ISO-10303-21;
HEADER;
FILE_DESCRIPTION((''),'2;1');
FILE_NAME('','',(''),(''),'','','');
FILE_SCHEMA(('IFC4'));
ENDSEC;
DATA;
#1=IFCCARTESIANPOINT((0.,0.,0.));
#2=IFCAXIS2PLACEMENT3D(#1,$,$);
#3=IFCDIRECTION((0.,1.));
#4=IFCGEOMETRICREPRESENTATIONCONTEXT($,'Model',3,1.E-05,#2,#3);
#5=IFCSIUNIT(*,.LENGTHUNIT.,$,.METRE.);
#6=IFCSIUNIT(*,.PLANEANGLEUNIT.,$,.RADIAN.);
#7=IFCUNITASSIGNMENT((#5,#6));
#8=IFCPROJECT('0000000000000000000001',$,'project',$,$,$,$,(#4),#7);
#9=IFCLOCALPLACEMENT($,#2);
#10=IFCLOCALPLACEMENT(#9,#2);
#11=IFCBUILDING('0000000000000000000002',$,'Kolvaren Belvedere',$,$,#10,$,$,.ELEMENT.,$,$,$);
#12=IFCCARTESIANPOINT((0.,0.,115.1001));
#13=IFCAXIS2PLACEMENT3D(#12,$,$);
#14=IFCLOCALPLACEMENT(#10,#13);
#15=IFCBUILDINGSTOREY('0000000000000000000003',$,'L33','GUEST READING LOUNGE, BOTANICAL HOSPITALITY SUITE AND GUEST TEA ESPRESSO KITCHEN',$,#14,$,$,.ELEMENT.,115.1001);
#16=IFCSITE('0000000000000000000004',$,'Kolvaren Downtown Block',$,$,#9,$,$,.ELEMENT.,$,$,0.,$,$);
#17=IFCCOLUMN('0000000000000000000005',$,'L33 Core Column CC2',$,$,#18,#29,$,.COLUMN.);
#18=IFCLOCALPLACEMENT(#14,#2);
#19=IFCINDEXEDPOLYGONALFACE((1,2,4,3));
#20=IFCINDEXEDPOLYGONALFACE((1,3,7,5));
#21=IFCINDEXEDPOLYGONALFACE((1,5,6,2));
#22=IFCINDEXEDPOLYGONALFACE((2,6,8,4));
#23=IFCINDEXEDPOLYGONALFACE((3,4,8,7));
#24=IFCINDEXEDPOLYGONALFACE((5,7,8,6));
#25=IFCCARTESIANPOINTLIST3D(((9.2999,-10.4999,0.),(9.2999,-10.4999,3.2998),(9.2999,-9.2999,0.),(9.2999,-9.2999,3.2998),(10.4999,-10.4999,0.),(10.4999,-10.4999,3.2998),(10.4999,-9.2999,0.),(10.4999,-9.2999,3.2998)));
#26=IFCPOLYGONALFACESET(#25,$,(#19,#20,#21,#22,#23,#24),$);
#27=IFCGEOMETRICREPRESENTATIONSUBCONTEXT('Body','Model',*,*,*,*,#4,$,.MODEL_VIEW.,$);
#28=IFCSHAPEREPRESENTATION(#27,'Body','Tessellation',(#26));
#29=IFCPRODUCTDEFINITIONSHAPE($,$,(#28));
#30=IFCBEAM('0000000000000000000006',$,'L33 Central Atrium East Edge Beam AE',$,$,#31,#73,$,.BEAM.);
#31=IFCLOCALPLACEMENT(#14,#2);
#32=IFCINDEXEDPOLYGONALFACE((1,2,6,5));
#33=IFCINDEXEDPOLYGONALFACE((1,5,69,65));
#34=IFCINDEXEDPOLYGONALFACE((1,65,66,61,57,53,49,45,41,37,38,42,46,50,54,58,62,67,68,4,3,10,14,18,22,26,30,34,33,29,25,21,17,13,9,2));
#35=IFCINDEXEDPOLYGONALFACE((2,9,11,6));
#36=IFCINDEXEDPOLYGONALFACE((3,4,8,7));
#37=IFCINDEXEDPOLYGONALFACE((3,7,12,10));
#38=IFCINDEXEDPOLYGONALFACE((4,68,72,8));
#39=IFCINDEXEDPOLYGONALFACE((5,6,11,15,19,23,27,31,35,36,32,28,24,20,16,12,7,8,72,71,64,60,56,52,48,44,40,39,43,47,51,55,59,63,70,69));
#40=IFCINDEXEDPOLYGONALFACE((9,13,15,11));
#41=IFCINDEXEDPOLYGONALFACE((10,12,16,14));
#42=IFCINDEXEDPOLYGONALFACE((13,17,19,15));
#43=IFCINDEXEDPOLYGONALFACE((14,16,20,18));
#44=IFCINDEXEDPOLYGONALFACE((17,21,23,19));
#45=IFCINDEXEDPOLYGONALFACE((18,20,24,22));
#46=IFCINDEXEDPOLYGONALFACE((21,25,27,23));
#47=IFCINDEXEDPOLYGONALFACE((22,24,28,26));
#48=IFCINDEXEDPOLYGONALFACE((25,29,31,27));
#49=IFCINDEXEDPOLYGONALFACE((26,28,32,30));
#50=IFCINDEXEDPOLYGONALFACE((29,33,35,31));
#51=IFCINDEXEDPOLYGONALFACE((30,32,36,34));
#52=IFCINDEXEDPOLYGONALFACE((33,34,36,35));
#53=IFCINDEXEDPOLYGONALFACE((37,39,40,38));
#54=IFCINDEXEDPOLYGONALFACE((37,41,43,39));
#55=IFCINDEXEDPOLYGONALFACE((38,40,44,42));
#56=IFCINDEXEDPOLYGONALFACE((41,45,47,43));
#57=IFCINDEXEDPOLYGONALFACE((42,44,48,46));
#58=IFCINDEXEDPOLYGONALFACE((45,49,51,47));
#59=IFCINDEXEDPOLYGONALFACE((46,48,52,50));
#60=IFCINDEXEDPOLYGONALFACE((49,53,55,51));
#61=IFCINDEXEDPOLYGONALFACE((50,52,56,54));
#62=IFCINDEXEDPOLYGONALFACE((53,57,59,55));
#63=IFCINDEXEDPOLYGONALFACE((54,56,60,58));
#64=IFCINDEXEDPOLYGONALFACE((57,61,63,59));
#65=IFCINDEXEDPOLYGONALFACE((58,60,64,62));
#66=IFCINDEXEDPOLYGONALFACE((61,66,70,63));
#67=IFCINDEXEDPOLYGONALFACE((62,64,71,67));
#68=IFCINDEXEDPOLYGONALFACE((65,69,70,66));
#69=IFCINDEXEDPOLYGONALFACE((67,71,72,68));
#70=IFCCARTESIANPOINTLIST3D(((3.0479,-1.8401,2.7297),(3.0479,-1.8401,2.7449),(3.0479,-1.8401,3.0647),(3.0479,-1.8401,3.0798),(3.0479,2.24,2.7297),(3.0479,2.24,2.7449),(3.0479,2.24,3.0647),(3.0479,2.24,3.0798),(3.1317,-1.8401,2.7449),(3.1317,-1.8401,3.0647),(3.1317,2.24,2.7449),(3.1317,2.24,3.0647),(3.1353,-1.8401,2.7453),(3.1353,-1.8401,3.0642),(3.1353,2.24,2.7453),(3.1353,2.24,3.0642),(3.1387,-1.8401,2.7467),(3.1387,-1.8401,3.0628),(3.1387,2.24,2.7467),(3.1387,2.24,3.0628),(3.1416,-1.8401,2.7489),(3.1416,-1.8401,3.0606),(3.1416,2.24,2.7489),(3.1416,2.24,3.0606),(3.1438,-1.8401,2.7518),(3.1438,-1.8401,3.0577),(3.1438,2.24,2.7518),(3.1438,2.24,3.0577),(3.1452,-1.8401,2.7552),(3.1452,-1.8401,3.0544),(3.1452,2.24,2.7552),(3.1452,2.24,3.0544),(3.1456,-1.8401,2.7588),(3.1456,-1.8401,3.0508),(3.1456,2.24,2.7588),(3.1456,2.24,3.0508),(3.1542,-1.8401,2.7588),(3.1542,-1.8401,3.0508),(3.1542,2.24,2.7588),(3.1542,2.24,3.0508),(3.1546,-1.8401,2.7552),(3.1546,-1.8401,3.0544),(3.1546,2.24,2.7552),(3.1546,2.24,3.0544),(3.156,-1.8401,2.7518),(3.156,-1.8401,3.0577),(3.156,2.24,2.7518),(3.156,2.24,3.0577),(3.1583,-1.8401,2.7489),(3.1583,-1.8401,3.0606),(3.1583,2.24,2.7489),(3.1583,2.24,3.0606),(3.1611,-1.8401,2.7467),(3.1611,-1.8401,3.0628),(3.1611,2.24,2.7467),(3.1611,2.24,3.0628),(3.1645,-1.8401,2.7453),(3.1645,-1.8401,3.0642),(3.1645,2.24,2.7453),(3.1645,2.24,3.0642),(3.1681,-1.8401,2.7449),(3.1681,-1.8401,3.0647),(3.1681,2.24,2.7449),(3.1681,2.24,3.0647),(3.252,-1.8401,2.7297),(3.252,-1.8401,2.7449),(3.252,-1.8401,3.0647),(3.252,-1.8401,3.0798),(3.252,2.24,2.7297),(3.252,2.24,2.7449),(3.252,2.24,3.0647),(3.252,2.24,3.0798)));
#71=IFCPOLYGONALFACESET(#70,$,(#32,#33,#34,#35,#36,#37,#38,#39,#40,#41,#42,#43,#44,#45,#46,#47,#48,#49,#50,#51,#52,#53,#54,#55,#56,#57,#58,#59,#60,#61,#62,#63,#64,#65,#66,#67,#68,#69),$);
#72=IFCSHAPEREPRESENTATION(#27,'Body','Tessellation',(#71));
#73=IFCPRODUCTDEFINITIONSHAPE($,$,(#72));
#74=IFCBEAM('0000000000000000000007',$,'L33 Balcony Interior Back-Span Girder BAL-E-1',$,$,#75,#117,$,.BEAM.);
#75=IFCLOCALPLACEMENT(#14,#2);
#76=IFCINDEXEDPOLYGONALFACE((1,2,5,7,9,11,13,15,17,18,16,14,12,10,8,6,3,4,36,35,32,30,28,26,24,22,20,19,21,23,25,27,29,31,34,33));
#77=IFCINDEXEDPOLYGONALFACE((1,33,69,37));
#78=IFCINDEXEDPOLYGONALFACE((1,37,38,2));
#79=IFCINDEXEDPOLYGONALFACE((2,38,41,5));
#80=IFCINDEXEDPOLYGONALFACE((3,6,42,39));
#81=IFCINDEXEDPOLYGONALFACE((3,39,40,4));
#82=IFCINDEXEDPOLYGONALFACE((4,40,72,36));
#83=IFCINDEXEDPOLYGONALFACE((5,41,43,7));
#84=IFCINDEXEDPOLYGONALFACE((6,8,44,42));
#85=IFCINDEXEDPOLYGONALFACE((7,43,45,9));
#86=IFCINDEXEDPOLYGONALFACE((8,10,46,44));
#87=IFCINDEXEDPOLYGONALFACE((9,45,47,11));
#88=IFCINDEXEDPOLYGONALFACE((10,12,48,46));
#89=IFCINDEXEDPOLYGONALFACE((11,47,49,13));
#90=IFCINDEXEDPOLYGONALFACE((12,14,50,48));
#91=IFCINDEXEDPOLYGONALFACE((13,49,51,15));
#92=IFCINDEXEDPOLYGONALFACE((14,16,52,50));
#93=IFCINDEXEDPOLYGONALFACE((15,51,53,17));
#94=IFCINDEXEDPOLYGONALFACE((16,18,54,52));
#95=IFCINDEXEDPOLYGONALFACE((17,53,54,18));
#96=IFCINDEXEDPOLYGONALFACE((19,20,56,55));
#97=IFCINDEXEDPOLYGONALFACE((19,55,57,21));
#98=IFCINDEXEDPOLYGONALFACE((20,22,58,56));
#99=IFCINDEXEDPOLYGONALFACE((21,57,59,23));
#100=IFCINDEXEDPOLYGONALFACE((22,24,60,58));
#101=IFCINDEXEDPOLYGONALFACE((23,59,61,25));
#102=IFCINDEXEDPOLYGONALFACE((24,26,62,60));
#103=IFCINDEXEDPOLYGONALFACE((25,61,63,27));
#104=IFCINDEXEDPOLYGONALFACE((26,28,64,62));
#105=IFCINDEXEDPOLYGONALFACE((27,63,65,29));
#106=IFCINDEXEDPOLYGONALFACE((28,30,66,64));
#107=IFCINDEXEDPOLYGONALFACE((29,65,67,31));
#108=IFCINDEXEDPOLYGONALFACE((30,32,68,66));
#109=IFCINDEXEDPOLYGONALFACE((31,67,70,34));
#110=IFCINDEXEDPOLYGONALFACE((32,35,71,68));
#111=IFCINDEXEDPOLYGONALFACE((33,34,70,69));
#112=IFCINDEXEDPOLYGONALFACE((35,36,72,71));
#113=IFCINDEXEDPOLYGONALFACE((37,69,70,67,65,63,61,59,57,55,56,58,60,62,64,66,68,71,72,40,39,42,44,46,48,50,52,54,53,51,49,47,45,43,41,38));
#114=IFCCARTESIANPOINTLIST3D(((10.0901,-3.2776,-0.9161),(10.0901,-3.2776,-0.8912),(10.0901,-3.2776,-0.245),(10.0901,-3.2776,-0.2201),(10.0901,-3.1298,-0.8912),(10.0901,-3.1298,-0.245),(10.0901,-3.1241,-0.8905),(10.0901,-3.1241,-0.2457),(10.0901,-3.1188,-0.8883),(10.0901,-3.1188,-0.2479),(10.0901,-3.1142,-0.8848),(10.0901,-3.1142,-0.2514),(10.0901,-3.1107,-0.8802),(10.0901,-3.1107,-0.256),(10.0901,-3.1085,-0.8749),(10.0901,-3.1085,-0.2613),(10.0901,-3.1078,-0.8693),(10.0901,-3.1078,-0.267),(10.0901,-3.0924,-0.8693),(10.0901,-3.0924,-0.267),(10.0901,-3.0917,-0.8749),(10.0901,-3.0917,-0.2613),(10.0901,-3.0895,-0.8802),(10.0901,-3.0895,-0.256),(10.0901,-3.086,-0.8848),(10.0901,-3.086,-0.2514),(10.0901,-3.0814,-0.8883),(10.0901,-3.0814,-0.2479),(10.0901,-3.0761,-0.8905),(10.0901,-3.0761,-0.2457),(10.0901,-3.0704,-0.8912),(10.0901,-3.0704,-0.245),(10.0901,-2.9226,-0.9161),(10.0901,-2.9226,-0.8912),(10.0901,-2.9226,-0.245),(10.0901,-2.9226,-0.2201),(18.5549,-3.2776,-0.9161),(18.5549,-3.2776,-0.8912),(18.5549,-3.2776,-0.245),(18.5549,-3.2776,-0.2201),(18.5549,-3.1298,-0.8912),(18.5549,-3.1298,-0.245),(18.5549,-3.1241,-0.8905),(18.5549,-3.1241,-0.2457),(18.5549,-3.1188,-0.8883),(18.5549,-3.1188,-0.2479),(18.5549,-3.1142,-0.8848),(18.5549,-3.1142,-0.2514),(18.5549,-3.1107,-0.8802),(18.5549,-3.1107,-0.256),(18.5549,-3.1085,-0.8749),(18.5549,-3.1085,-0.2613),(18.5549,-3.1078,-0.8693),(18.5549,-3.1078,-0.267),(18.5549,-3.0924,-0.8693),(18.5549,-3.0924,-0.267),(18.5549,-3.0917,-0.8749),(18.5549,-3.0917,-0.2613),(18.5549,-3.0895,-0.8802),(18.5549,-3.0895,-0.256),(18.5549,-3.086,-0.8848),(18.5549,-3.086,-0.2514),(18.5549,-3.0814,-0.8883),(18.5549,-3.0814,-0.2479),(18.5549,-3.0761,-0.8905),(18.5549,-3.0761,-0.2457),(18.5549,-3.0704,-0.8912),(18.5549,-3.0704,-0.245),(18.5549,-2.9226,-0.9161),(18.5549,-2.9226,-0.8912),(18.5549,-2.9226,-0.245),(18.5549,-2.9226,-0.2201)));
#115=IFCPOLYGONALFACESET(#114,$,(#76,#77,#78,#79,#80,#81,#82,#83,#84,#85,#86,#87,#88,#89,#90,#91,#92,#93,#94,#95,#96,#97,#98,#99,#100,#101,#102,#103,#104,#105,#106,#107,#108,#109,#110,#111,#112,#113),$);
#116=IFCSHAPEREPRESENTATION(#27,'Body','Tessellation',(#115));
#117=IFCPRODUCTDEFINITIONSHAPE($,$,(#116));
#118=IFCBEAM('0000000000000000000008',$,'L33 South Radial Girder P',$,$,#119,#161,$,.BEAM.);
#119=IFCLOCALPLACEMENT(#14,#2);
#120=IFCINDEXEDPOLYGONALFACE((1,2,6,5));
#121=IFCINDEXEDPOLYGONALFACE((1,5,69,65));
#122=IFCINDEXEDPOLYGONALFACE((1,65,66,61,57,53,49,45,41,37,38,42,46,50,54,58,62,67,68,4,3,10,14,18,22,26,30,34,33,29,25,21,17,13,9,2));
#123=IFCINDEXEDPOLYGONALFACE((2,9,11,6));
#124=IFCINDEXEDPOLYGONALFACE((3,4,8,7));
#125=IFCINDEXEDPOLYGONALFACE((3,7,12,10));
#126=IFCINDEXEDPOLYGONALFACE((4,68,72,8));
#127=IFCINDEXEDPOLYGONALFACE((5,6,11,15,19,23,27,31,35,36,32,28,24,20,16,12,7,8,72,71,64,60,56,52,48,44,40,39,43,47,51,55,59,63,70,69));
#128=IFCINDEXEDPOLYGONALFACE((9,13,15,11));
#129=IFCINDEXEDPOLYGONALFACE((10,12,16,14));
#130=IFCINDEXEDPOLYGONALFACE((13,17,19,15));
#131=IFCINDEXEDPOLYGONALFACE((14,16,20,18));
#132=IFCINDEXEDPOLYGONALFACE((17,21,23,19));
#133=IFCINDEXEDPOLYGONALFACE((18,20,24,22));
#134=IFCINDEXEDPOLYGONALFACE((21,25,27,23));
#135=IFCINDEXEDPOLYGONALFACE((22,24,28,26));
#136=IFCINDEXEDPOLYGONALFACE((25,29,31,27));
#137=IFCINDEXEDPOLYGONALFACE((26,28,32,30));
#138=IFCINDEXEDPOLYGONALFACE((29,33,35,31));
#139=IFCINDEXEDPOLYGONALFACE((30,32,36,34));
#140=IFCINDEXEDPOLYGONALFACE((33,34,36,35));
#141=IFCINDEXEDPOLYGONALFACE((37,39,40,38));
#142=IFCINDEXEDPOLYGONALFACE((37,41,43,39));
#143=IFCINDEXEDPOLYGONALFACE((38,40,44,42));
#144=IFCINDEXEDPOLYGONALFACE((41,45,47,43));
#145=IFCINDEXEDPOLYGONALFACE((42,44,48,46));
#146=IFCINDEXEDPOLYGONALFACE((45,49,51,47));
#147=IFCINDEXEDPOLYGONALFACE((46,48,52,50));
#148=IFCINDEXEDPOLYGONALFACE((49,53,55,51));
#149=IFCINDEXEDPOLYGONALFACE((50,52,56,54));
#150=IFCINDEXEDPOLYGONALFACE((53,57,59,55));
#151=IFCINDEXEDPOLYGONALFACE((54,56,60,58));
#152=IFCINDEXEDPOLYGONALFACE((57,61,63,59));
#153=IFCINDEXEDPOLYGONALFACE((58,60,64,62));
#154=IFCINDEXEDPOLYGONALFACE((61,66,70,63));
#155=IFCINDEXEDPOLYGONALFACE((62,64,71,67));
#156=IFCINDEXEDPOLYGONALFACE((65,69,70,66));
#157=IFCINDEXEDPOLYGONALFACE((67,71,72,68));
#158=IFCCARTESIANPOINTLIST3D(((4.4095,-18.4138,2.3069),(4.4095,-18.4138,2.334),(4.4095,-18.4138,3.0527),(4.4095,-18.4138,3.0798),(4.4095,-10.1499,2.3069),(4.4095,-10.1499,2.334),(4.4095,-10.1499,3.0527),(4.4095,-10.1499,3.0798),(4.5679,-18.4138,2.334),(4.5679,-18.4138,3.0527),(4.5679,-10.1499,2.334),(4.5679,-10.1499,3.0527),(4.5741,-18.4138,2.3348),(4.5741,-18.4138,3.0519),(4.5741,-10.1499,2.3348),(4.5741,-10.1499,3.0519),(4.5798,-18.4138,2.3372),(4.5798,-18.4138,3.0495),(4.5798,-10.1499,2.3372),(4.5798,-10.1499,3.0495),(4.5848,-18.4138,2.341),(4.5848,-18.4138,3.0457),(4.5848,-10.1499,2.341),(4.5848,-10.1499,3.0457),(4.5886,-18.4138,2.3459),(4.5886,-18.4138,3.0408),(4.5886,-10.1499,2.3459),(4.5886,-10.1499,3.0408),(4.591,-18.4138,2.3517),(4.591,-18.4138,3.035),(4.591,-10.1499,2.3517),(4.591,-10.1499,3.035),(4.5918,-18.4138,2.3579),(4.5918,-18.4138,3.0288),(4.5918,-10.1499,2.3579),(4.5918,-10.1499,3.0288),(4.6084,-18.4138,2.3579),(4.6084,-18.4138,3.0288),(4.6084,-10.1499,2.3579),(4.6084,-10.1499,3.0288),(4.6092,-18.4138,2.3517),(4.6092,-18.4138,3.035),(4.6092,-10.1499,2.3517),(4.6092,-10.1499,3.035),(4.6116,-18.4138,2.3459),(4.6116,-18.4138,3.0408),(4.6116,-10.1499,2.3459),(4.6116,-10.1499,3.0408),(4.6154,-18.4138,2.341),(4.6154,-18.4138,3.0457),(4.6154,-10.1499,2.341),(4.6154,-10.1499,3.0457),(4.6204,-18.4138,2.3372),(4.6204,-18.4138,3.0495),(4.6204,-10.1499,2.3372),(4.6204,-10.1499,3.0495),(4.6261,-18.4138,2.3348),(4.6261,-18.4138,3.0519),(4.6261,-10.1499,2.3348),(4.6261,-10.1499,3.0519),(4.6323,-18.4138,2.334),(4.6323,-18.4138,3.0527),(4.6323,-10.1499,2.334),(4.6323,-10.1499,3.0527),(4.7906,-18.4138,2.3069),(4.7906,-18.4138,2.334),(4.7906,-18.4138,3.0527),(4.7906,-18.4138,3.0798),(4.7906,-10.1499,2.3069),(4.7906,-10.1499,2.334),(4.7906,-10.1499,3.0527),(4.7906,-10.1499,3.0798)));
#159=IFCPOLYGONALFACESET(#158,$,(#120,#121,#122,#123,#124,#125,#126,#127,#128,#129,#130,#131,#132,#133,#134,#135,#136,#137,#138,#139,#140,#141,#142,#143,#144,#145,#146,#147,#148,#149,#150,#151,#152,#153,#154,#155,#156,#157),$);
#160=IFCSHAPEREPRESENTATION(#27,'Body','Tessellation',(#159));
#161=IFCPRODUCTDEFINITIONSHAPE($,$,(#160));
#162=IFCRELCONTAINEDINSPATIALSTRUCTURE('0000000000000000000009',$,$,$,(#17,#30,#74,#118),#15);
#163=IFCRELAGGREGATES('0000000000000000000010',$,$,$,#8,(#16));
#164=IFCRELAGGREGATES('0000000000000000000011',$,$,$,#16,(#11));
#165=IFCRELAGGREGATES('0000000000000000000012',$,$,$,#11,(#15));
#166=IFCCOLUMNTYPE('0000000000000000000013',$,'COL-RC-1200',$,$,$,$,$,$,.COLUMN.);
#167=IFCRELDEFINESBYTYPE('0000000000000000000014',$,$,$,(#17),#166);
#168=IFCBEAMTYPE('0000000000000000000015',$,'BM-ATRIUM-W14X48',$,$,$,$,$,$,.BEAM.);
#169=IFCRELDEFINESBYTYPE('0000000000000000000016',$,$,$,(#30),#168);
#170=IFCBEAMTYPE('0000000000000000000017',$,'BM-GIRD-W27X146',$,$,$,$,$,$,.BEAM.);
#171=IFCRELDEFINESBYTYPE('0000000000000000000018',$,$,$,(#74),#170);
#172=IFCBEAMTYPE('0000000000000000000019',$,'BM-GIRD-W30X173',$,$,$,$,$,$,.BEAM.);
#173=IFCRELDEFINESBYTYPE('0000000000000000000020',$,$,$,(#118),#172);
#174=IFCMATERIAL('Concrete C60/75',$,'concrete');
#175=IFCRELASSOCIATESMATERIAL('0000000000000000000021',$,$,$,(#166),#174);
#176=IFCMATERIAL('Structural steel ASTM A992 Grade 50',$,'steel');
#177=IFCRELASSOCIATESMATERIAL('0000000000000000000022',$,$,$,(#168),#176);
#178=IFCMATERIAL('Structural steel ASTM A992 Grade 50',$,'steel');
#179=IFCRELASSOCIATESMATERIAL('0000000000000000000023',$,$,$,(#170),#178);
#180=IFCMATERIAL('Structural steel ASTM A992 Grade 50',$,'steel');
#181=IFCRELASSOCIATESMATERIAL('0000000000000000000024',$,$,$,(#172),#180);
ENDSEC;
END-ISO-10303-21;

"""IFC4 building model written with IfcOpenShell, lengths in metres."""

from ifc_helpers import new_model, si_unit, direction, frame, origin, origin_2d, place, context, subcontext, project, spatial, rectangle, i_section, extrude, material, material_profile, profile_set, type_object, element, save


model = new_model("IFC4")

# Units and contexts
model_context = context("Model", 3, precision=1e-05, world=origin(), true_north=direction((0.0, 1.0)))
body_context = subcontext(model_context, "Body", "Model", "MODEL_VIEW")
ifc_project = project(units=[si_unit("LENGTHUNIT", "METRE"), si_unit("PLANEANGLEUNIT", "RADIAN")], contexts=[model_context])

# Site, building, storey
site_placement = place(None, origin())
site = spatial("IfcSite", under=ifc_project, at=site_placement, Name="Kolvaren Downtown Block", CompositionType="ELEMENT", RefElevation=0.0)
building_placement = place(site_placement, origin())
building = spatial("IfcBuilding", under=site, at=building_placement, Name="Kolvaren Belvedere", CompositionType="ELEMENT")
storey_placement = place(building_placement, frame((0.0, 0.0, 115.1001)))
storey = spatial("IfcBuildingStorey", under=building, at=storey_placement, Name="L33", Description="GUEST READING LOUNGE, BOTANICAL HOSPITALITY SUITE AND GUEST TEA ESPRESSO KITCHEN", CompositionType="ELEMENT", Elevation=115.1001)

# Column
ifc_material_1 = material(Name="Concrete C60/75", Category="concrete")
ifc_material_profile_1 = material_profile(ifc_material_1, rectangle(XDim=1.2, YDim=1.2, at=origin_2d()), Name="RC 1200X1200")
ifc_profile_set_1 = profile_set([ifc_material_profile_1], Name="Concrete C60/75")
column_type = type_object("IfcColumnType", Name="COL-RC-1200", PredefinedType="COLUMN", material=ifc_profile_set_1)
column_placement = place(storey_placement, frame((9.8999, -9.8999, 0.0), z_axis=(0.0, 0.0, 1.0), x_axis=(1.0, 0.0, 0.0)))
element("IfcColumn", 1, at=column_placement, inside=storey, type_object=column_type, Name="L33 Core Column CC2", PredefinedType="COLUMN", context=body_context, shape_type="SweptSolid", body=[
    extrude(rectangle(XDim=1.2, YDim=1.2, at=origin_2d()), origin(), (0.0, 0.0, 1.0), 3.2998),
])

# Beams
ifc_material_2 = material(Name="Structural steel ASTM A992 Grade 50", Category="steel")
ifc_material_profile_2 = material_profile(ifc_material_2, i_section(OverallWidth=0.2041, OverallDepth=0.3501, WebThickness=0.0085, FlangeThickness=0.0151, FilletRadius=0.0139, at=origin_2d()), Name="W14X48")
ifc_profile_set_2 = profile_set([ifc_material_profile_2], Name="Structural steel ASTM A992 Grade 50")
beam_type_1 = type_object("IfcBeamType", Name="BM-ATRIUM-W14X48", PredefinedType="BEAM", material=ifc_profile_set_2)
beam_1_placement = place(storey_placement, frame((3.1499, -1.8401, 2.9048), z_axis=(0.0, 1.0, 0.0), x_axis=(-1.0, 0.0, 0.0)))
element("IfcBeam", 2, at=beam_1_placement, inside=storey, type_object=beam_type_1, Name="L33 Central Atrium East Edge Beam AE", PredefinedType="BEAM", context=body_context, shape_type="SweptSolid", body=[
    extrude(i_section(OverallWidth=0.2041, OverallDepth=0.3501, WebThickness=0.0085, FlangeThickness=0.0151, FilletRadius=0.0139, at=origin_2d()), origin(), (0.0, 0.0, 1.0), 4.0801),
])
ifc_material_3 = material(Name="Structural steel ASTM A992 Grade 50", Category="steel")
ifc_material_profile_3 = material_profile(ifc_material_3, i_section(OverallWidth=0.355, OverallDepth=0.696, WebThickness=0.0154, FlangeThickness=0.0249, FilletRadius=0.022, at=origin_2d()), Name="W27X146")
ifc_profile_set_3 = profile_set([ifc_material_profile_3], Name="Structural steel ASTM A992 Grade 50")
beam_type_2 = type_object("IfcBeamType", Name="BM-GIRD-W27X146", PredefinedType="BEAM", material=ifc_profile_set_3)
beam_2_placement = place(storey_placement, frame((10.0901, -3.1001, -0.5681), z_axis=(1.0, 0.0, 0.0), x_axis=(0.0, 1.0, 0.0)))
element("IfcBeam", 3, at=beam_2_placement, inside=storey, type_object=beam_type_2, Name="L33 Balcony Interior Back-Span Girder BAL-E-1", PredefinedType="BEAM", context=body_context, shape_type="SweptSolid", body=[
    extrude(i_section(OverallWidth=0.355, OverallDepth=0.696, WebThickness=0.0154, FlangeThickness=0.0249, FilletRadius=0.022, at=origin_2d()), origin(), (0.0, 0.0, 1.0), 8.4648),
])
ifc_material_4 = material(Name="Structural steel ASTM A992 Grade 50", Category="steel")
ifc_material_profile_4 = material_profile(ifc_material_4, i_section(OverallWidth=0.3811, OverallDepth=0.7729, WebThickness=0.0166, FlangeThickness=0.0271, FilletRadius=0.0239, at=origin_2d()), Name="W30X173")
ifc_profile_set_4 = profile_set([ifc_material_profile_4], Name="Structural steel ASTM A992 Grade 50")
beam_type_3 = type_object("IfcBeamType", Name="BM-GIRD-W30X173", PredefinedType="BEAM", material=ifc_profile_set_4)
for number, where, z_axis, x_axis, name in (
    (4, (4.6001, -10.1499, 2.6934), (0.0, -1.0, 0.0), (1.0, 0.0, 0.0), "L33 South Radial Girder P"),
):
    element("IfcBeam", number, at=place(storey_placement, frame(where, z_axis=z_axis, x_axis=x_axis)), inside=storey, type_object=beam_type_3, Name=name, PredefinedType="BEAM", context=body_context, shape_type="SweptSolid", body=[
        extrude(i_section(OverallWidth=0.3811, OverallDepth=0.7729, WebThickness=0.0166, FlangeThickness=0.0271, FilletRadius=0.0239, at=origin_2d()), origin(), (0.0, 0.0, 1.0), 8.2639),
    ])

save(model, "model.ifc")
